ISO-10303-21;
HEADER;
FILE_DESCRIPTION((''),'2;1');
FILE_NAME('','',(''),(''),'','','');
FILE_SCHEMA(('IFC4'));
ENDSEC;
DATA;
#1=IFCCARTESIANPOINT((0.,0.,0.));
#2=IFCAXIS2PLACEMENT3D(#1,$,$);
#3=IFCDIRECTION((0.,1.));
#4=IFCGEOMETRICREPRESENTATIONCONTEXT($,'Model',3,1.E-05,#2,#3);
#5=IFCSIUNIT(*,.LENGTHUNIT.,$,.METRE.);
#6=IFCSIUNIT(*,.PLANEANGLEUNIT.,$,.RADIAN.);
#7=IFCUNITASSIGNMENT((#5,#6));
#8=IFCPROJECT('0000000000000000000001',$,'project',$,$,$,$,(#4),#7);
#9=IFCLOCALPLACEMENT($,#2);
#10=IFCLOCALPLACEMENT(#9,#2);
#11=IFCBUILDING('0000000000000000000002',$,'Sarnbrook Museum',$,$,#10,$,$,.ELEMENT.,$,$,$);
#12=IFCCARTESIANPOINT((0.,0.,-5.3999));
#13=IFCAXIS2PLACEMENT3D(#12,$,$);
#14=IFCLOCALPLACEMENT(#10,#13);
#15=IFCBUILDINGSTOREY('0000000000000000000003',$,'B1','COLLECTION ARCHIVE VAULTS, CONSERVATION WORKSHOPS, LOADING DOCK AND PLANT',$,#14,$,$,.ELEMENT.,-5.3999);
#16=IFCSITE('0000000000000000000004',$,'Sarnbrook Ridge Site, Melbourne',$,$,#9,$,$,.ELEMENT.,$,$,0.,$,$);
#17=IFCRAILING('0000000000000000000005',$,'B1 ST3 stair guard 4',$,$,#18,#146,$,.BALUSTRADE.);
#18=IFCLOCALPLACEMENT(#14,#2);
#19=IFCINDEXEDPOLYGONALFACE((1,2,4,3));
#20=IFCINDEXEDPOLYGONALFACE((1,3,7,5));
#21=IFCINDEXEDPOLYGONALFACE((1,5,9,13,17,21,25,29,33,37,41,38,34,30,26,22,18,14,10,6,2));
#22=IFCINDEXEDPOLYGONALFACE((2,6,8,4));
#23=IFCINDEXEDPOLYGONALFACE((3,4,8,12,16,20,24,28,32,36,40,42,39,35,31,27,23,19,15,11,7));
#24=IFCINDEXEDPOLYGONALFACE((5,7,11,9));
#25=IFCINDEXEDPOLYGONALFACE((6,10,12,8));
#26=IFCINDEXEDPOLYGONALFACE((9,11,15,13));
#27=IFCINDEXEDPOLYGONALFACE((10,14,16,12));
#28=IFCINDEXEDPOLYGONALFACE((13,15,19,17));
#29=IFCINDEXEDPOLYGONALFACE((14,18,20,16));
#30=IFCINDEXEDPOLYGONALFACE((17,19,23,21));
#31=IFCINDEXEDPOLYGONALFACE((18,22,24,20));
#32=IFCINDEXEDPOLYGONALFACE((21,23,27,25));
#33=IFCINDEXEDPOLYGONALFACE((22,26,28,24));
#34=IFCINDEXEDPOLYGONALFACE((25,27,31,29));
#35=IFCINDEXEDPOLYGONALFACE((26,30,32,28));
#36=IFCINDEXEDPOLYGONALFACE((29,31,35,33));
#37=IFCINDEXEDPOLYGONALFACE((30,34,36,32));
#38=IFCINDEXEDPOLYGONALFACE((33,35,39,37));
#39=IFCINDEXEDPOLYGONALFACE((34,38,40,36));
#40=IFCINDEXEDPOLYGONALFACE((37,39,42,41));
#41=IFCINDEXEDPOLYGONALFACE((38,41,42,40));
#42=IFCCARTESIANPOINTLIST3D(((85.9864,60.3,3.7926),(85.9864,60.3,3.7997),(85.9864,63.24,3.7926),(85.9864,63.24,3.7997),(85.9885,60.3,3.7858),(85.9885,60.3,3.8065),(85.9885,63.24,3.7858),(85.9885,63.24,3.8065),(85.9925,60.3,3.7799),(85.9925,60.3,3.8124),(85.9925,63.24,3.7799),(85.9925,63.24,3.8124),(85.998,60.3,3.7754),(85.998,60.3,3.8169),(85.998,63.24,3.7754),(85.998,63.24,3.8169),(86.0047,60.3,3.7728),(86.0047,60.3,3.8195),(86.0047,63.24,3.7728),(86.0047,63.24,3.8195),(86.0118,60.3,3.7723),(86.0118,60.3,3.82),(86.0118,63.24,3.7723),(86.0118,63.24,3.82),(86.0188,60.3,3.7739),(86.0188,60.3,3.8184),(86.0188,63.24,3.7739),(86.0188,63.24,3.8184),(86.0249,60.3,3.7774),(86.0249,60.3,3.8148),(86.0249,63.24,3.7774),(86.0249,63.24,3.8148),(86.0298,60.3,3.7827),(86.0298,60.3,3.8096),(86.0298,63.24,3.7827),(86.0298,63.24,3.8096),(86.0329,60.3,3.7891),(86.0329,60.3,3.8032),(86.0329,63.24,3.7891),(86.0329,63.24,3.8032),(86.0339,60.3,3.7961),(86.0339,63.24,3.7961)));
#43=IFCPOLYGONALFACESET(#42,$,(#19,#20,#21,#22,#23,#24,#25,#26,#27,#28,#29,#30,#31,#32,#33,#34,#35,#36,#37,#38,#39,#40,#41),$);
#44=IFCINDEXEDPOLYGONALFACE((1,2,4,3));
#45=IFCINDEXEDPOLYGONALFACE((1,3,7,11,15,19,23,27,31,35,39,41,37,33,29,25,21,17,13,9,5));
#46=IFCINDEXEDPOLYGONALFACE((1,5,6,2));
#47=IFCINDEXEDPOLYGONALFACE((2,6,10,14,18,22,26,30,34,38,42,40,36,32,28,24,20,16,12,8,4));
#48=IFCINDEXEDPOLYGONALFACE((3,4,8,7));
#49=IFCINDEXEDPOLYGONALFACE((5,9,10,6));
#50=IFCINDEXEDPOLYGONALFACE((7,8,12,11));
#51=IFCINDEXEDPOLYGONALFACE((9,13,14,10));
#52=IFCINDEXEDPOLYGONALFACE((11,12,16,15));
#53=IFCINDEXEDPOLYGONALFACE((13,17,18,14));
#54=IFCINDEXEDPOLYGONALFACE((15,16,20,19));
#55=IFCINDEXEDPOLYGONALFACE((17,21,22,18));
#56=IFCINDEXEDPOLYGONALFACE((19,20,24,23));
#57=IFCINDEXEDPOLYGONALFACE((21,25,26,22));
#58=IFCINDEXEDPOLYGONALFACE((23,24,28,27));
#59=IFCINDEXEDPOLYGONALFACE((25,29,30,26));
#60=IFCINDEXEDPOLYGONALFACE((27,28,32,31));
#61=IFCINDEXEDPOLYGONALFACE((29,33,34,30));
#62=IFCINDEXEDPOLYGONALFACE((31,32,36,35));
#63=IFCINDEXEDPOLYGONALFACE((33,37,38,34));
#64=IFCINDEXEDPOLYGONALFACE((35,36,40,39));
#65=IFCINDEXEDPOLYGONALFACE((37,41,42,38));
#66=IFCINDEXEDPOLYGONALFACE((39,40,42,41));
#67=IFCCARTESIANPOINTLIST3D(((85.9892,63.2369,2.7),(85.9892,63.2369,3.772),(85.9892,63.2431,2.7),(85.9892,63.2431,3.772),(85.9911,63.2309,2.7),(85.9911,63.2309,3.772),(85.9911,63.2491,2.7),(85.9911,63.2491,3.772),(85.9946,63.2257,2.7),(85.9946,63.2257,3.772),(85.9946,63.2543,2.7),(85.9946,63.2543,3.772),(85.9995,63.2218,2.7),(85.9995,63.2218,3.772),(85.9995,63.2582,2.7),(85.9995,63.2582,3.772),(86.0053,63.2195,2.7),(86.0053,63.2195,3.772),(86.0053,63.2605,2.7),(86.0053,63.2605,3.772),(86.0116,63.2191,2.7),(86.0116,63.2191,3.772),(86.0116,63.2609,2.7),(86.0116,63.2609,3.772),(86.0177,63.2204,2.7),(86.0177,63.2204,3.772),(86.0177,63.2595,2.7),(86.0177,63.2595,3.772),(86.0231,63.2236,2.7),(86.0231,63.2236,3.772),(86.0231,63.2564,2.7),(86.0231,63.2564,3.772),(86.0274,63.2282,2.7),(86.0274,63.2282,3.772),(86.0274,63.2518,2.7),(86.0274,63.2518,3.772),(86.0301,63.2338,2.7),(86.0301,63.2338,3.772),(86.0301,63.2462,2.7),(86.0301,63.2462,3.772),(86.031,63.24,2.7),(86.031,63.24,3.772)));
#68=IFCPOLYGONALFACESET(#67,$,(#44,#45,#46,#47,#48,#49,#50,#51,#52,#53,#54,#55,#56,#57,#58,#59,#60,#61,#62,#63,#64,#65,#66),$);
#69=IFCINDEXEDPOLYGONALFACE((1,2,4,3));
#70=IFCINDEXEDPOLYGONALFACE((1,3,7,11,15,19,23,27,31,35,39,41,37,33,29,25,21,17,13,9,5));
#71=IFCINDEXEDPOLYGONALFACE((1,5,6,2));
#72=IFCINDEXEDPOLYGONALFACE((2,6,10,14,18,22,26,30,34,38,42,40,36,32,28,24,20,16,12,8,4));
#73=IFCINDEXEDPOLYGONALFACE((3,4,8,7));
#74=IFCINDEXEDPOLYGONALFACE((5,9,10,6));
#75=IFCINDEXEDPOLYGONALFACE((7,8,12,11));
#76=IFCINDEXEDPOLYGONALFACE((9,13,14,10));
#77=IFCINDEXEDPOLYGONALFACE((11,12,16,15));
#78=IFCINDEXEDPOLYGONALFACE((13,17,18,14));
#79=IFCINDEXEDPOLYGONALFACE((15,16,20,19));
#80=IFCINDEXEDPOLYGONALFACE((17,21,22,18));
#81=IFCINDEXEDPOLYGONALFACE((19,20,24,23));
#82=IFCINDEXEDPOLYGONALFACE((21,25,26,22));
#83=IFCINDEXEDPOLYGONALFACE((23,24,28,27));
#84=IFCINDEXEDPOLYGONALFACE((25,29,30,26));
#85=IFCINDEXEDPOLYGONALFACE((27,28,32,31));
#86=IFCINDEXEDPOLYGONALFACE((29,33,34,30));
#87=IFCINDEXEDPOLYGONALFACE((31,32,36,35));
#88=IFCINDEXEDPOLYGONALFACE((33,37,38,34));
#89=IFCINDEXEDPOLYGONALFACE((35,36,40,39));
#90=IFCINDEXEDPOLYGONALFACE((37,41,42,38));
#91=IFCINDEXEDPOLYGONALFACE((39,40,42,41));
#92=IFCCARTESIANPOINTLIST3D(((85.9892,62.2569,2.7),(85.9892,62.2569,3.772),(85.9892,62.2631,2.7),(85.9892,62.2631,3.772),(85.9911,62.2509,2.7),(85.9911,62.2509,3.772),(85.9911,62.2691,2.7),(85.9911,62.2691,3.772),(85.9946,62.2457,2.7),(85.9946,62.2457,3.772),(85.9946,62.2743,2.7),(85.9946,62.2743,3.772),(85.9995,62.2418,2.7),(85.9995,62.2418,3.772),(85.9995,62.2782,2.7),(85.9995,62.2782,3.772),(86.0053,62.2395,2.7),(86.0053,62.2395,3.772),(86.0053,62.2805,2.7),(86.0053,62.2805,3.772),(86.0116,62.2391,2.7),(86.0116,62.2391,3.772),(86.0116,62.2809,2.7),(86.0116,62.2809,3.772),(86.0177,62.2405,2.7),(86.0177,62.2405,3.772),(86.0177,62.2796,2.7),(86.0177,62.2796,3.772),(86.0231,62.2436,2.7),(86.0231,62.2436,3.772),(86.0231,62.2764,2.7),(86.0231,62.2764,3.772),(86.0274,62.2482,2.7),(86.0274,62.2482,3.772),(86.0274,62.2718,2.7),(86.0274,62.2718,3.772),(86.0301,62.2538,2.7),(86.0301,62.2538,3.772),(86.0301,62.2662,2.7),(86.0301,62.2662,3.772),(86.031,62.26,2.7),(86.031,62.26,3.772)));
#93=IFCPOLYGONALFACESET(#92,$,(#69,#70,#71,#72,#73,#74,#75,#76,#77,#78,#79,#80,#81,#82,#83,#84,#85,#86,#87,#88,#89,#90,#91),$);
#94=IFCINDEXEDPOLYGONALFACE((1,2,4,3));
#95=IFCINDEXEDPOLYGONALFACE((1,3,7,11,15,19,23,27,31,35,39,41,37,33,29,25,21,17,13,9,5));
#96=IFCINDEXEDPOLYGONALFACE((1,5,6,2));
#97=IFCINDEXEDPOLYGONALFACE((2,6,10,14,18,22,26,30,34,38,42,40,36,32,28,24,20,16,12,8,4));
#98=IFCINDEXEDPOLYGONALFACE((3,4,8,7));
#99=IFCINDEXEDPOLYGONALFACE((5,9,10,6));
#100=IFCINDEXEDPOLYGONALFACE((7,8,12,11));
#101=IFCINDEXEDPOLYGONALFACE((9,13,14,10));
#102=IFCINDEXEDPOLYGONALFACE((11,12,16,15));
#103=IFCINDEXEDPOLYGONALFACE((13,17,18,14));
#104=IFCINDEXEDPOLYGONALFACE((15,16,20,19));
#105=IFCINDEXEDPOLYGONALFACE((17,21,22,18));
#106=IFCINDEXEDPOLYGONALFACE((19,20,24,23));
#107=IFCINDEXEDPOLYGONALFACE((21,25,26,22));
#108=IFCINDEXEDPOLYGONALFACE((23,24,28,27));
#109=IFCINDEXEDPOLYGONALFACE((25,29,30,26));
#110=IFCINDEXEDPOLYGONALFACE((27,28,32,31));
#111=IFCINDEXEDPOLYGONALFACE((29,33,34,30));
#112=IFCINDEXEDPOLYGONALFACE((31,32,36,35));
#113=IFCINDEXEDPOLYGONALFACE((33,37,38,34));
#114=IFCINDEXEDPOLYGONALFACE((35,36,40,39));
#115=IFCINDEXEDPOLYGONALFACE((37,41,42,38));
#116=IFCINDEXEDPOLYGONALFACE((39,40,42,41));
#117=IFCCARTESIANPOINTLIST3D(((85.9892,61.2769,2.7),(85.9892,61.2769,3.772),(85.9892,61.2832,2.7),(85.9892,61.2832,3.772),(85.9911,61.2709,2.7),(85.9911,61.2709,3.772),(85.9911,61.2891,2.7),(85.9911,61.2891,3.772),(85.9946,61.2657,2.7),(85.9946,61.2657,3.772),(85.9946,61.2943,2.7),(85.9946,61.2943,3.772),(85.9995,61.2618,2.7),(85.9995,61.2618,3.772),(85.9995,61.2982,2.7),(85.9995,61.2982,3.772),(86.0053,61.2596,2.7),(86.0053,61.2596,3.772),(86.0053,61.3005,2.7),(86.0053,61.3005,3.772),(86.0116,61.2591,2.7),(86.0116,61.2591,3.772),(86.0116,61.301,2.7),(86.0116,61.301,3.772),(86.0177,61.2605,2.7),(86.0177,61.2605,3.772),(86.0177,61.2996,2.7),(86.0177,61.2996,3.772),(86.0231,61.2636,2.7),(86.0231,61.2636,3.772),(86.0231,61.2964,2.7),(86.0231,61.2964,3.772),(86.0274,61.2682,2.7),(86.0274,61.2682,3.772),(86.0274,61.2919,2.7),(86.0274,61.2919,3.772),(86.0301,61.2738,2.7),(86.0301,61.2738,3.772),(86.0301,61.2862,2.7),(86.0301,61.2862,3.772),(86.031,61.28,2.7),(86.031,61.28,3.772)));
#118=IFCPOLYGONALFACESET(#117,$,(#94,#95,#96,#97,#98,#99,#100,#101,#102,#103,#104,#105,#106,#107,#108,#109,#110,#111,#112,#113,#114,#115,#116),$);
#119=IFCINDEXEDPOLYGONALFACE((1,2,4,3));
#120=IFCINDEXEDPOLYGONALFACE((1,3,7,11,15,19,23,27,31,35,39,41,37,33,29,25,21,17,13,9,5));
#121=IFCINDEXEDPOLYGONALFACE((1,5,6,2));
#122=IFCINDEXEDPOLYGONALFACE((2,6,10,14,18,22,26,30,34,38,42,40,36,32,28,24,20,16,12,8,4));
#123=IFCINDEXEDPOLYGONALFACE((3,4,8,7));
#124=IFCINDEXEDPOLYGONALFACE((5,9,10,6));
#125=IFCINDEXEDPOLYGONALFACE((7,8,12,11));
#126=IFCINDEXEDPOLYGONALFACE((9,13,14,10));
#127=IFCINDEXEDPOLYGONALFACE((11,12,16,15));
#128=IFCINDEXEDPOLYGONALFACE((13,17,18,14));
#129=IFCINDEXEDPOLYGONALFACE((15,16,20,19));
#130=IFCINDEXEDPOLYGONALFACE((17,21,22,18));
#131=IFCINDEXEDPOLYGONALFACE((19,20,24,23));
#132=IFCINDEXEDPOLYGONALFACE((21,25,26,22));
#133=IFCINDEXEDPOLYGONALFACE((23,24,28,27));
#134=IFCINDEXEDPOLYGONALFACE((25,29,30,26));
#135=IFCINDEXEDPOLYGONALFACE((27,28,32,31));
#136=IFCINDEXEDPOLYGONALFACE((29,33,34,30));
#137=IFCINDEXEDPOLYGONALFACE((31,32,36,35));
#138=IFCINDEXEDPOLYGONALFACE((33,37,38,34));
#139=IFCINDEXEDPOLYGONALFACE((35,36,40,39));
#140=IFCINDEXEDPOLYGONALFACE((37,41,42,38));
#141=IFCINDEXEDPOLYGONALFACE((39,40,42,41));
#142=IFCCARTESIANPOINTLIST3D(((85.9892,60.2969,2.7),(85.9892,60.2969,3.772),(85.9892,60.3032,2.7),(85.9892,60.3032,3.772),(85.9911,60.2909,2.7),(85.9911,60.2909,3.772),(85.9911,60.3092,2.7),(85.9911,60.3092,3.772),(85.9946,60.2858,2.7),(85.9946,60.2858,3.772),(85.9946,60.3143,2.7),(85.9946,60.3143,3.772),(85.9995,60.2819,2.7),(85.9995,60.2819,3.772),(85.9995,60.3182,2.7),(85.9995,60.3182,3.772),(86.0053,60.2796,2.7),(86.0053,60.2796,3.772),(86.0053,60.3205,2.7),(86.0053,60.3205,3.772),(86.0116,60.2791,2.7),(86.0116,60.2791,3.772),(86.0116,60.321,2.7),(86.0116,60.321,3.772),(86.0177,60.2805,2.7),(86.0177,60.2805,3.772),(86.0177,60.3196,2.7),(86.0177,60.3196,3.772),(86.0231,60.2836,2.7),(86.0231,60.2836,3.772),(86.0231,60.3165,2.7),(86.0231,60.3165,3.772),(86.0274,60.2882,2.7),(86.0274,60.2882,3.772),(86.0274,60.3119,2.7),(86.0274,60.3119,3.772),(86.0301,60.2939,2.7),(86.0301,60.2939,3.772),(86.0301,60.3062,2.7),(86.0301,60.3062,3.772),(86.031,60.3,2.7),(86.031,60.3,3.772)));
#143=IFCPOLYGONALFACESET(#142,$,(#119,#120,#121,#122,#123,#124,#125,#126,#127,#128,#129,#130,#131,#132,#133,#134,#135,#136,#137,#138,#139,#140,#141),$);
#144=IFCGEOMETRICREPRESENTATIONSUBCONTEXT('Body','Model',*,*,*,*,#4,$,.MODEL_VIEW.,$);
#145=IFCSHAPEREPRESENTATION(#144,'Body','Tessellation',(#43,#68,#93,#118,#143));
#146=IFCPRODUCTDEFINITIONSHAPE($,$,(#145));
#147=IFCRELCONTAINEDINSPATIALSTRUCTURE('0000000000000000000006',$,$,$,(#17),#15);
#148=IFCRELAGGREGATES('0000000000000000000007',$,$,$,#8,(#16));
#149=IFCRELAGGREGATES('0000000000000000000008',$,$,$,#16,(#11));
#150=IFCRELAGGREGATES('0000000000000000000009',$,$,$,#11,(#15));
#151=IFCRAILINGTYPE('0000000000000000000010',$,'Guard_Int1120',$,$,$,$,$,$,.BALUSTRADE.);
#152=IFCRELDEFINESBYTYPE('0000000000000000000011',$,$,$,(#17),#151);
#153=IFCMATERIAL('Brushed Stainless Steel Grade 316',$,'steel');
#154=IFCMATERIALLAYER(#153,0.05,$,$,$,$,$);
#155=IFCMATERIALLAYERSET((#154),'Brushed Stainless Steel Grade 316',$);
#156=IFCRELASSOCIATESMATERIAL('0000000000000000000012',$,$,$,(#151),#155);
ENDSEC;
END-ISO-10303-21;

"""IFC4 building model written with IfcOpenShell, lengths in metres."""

from ifc_helpers import new_model, si_unit, direction, frame, origin, origin_2d, place, context, subcontext, project, spatial, circle, extrude, material, layer, layer_set, type_object, element, save


model = new_model("IFC4")

# Units and contexts
model_context = context("Model", 3, precision=1e-05, world=origin(), true_north=direction((0.0, 1.0)))
body_context = subcontext(model_context, "Body", "Model", "MODEL_VIEW")
ifc_project = project(units=[si_unit("LENGTHUNIT", "METRE"), si_unit("PLANEANGLEUNIT", "RADIAN")], contexts=[model_context])

# Site, building, storey
site_placement = place(None, origin())
site = spatial("IfcSite", under=ifc_project, at=site_placement, Name="Sarnbrook Ridge Site, Melbourne", CompositionType="ELEMENT", RefElevation=0.0)
building_placement = place(site_placement, origin())
building = spatial("IfcBuilding", under=site, at=building_placement, Name="Sarnbrook Museum", CompositionType="ELEMENT")
storey_placement = place(building_placement, frame((0.0, 0.0, -5.3999)))
storey = spatial("IfcBuildingStorey", under=building, at=storey_placement, Name="B1", Description="COLLECTION ARCHIVE VAULTS, CONSERVATION WORKSHOPS, LOADING DOCK AND PLANT", CompositionType="ELEMENT", Elevation=-5.3999)

# Shared definitions
ifc_material_1 = material(Name="Brushed Stainless Steel Grade 316", Category="steel")

# Railing
ifc_layer_1 = layer(ifc_material_1, 0.05)
ifc_layer_set_1 = layer_set([ifc_layer_1], Name="Brushed Stainless Steel Grade 316")
railing_type_1 = type_object("IfcRailingType", Name="Guard_Int1120", PredefinedType="BALUSTRADE", material=ifc_layer_set_1)
for number, where, name in (
    (1, (86.01, 63.24, 2.7), "B1 ST3 stair guard 4"),
):
    element("IfcRailing", number, at=place(storey_placement, frame(where)), inside=storey, type_object=railing_type_1, Name=name, PredefinedType="BALUSTRADE", context=body_context, shape_type="SweptSolid", body=[
        extrude(circle(Radius=0.0239, at=origin_2d()), frame((0.0, 0.0, 1.0962), z_axis=(0.0, -1.0, 0.0), x_axis=(1.0, 0.0, 0.0)), (0.0, 0.0, 1.0), 2.9399),
        extrude(circle(Radius=0.021, at=origin_2d()), origin(), (0.0, 0.0, 1.0), 1.072),
        extrude(circle(Radius=0.021, at=origin_2d()), frame((0.0, -0.98, 0.0)), (0.0, 0.0, 1.0), 1.072),
        extrude(circle(Radius=0.021, at=origin_2d()), frame((0.0, -1.96, 0.0)), (0.0, 0.0, 1.0), 1.072),
        extrude(circle(Radius=0.021, at=origin_2d()), frame((0.0, -2.9399, 0.0)), (0.0, 0.0, 1.0), 1.072),
    ])

save(model, "model.ifc")
